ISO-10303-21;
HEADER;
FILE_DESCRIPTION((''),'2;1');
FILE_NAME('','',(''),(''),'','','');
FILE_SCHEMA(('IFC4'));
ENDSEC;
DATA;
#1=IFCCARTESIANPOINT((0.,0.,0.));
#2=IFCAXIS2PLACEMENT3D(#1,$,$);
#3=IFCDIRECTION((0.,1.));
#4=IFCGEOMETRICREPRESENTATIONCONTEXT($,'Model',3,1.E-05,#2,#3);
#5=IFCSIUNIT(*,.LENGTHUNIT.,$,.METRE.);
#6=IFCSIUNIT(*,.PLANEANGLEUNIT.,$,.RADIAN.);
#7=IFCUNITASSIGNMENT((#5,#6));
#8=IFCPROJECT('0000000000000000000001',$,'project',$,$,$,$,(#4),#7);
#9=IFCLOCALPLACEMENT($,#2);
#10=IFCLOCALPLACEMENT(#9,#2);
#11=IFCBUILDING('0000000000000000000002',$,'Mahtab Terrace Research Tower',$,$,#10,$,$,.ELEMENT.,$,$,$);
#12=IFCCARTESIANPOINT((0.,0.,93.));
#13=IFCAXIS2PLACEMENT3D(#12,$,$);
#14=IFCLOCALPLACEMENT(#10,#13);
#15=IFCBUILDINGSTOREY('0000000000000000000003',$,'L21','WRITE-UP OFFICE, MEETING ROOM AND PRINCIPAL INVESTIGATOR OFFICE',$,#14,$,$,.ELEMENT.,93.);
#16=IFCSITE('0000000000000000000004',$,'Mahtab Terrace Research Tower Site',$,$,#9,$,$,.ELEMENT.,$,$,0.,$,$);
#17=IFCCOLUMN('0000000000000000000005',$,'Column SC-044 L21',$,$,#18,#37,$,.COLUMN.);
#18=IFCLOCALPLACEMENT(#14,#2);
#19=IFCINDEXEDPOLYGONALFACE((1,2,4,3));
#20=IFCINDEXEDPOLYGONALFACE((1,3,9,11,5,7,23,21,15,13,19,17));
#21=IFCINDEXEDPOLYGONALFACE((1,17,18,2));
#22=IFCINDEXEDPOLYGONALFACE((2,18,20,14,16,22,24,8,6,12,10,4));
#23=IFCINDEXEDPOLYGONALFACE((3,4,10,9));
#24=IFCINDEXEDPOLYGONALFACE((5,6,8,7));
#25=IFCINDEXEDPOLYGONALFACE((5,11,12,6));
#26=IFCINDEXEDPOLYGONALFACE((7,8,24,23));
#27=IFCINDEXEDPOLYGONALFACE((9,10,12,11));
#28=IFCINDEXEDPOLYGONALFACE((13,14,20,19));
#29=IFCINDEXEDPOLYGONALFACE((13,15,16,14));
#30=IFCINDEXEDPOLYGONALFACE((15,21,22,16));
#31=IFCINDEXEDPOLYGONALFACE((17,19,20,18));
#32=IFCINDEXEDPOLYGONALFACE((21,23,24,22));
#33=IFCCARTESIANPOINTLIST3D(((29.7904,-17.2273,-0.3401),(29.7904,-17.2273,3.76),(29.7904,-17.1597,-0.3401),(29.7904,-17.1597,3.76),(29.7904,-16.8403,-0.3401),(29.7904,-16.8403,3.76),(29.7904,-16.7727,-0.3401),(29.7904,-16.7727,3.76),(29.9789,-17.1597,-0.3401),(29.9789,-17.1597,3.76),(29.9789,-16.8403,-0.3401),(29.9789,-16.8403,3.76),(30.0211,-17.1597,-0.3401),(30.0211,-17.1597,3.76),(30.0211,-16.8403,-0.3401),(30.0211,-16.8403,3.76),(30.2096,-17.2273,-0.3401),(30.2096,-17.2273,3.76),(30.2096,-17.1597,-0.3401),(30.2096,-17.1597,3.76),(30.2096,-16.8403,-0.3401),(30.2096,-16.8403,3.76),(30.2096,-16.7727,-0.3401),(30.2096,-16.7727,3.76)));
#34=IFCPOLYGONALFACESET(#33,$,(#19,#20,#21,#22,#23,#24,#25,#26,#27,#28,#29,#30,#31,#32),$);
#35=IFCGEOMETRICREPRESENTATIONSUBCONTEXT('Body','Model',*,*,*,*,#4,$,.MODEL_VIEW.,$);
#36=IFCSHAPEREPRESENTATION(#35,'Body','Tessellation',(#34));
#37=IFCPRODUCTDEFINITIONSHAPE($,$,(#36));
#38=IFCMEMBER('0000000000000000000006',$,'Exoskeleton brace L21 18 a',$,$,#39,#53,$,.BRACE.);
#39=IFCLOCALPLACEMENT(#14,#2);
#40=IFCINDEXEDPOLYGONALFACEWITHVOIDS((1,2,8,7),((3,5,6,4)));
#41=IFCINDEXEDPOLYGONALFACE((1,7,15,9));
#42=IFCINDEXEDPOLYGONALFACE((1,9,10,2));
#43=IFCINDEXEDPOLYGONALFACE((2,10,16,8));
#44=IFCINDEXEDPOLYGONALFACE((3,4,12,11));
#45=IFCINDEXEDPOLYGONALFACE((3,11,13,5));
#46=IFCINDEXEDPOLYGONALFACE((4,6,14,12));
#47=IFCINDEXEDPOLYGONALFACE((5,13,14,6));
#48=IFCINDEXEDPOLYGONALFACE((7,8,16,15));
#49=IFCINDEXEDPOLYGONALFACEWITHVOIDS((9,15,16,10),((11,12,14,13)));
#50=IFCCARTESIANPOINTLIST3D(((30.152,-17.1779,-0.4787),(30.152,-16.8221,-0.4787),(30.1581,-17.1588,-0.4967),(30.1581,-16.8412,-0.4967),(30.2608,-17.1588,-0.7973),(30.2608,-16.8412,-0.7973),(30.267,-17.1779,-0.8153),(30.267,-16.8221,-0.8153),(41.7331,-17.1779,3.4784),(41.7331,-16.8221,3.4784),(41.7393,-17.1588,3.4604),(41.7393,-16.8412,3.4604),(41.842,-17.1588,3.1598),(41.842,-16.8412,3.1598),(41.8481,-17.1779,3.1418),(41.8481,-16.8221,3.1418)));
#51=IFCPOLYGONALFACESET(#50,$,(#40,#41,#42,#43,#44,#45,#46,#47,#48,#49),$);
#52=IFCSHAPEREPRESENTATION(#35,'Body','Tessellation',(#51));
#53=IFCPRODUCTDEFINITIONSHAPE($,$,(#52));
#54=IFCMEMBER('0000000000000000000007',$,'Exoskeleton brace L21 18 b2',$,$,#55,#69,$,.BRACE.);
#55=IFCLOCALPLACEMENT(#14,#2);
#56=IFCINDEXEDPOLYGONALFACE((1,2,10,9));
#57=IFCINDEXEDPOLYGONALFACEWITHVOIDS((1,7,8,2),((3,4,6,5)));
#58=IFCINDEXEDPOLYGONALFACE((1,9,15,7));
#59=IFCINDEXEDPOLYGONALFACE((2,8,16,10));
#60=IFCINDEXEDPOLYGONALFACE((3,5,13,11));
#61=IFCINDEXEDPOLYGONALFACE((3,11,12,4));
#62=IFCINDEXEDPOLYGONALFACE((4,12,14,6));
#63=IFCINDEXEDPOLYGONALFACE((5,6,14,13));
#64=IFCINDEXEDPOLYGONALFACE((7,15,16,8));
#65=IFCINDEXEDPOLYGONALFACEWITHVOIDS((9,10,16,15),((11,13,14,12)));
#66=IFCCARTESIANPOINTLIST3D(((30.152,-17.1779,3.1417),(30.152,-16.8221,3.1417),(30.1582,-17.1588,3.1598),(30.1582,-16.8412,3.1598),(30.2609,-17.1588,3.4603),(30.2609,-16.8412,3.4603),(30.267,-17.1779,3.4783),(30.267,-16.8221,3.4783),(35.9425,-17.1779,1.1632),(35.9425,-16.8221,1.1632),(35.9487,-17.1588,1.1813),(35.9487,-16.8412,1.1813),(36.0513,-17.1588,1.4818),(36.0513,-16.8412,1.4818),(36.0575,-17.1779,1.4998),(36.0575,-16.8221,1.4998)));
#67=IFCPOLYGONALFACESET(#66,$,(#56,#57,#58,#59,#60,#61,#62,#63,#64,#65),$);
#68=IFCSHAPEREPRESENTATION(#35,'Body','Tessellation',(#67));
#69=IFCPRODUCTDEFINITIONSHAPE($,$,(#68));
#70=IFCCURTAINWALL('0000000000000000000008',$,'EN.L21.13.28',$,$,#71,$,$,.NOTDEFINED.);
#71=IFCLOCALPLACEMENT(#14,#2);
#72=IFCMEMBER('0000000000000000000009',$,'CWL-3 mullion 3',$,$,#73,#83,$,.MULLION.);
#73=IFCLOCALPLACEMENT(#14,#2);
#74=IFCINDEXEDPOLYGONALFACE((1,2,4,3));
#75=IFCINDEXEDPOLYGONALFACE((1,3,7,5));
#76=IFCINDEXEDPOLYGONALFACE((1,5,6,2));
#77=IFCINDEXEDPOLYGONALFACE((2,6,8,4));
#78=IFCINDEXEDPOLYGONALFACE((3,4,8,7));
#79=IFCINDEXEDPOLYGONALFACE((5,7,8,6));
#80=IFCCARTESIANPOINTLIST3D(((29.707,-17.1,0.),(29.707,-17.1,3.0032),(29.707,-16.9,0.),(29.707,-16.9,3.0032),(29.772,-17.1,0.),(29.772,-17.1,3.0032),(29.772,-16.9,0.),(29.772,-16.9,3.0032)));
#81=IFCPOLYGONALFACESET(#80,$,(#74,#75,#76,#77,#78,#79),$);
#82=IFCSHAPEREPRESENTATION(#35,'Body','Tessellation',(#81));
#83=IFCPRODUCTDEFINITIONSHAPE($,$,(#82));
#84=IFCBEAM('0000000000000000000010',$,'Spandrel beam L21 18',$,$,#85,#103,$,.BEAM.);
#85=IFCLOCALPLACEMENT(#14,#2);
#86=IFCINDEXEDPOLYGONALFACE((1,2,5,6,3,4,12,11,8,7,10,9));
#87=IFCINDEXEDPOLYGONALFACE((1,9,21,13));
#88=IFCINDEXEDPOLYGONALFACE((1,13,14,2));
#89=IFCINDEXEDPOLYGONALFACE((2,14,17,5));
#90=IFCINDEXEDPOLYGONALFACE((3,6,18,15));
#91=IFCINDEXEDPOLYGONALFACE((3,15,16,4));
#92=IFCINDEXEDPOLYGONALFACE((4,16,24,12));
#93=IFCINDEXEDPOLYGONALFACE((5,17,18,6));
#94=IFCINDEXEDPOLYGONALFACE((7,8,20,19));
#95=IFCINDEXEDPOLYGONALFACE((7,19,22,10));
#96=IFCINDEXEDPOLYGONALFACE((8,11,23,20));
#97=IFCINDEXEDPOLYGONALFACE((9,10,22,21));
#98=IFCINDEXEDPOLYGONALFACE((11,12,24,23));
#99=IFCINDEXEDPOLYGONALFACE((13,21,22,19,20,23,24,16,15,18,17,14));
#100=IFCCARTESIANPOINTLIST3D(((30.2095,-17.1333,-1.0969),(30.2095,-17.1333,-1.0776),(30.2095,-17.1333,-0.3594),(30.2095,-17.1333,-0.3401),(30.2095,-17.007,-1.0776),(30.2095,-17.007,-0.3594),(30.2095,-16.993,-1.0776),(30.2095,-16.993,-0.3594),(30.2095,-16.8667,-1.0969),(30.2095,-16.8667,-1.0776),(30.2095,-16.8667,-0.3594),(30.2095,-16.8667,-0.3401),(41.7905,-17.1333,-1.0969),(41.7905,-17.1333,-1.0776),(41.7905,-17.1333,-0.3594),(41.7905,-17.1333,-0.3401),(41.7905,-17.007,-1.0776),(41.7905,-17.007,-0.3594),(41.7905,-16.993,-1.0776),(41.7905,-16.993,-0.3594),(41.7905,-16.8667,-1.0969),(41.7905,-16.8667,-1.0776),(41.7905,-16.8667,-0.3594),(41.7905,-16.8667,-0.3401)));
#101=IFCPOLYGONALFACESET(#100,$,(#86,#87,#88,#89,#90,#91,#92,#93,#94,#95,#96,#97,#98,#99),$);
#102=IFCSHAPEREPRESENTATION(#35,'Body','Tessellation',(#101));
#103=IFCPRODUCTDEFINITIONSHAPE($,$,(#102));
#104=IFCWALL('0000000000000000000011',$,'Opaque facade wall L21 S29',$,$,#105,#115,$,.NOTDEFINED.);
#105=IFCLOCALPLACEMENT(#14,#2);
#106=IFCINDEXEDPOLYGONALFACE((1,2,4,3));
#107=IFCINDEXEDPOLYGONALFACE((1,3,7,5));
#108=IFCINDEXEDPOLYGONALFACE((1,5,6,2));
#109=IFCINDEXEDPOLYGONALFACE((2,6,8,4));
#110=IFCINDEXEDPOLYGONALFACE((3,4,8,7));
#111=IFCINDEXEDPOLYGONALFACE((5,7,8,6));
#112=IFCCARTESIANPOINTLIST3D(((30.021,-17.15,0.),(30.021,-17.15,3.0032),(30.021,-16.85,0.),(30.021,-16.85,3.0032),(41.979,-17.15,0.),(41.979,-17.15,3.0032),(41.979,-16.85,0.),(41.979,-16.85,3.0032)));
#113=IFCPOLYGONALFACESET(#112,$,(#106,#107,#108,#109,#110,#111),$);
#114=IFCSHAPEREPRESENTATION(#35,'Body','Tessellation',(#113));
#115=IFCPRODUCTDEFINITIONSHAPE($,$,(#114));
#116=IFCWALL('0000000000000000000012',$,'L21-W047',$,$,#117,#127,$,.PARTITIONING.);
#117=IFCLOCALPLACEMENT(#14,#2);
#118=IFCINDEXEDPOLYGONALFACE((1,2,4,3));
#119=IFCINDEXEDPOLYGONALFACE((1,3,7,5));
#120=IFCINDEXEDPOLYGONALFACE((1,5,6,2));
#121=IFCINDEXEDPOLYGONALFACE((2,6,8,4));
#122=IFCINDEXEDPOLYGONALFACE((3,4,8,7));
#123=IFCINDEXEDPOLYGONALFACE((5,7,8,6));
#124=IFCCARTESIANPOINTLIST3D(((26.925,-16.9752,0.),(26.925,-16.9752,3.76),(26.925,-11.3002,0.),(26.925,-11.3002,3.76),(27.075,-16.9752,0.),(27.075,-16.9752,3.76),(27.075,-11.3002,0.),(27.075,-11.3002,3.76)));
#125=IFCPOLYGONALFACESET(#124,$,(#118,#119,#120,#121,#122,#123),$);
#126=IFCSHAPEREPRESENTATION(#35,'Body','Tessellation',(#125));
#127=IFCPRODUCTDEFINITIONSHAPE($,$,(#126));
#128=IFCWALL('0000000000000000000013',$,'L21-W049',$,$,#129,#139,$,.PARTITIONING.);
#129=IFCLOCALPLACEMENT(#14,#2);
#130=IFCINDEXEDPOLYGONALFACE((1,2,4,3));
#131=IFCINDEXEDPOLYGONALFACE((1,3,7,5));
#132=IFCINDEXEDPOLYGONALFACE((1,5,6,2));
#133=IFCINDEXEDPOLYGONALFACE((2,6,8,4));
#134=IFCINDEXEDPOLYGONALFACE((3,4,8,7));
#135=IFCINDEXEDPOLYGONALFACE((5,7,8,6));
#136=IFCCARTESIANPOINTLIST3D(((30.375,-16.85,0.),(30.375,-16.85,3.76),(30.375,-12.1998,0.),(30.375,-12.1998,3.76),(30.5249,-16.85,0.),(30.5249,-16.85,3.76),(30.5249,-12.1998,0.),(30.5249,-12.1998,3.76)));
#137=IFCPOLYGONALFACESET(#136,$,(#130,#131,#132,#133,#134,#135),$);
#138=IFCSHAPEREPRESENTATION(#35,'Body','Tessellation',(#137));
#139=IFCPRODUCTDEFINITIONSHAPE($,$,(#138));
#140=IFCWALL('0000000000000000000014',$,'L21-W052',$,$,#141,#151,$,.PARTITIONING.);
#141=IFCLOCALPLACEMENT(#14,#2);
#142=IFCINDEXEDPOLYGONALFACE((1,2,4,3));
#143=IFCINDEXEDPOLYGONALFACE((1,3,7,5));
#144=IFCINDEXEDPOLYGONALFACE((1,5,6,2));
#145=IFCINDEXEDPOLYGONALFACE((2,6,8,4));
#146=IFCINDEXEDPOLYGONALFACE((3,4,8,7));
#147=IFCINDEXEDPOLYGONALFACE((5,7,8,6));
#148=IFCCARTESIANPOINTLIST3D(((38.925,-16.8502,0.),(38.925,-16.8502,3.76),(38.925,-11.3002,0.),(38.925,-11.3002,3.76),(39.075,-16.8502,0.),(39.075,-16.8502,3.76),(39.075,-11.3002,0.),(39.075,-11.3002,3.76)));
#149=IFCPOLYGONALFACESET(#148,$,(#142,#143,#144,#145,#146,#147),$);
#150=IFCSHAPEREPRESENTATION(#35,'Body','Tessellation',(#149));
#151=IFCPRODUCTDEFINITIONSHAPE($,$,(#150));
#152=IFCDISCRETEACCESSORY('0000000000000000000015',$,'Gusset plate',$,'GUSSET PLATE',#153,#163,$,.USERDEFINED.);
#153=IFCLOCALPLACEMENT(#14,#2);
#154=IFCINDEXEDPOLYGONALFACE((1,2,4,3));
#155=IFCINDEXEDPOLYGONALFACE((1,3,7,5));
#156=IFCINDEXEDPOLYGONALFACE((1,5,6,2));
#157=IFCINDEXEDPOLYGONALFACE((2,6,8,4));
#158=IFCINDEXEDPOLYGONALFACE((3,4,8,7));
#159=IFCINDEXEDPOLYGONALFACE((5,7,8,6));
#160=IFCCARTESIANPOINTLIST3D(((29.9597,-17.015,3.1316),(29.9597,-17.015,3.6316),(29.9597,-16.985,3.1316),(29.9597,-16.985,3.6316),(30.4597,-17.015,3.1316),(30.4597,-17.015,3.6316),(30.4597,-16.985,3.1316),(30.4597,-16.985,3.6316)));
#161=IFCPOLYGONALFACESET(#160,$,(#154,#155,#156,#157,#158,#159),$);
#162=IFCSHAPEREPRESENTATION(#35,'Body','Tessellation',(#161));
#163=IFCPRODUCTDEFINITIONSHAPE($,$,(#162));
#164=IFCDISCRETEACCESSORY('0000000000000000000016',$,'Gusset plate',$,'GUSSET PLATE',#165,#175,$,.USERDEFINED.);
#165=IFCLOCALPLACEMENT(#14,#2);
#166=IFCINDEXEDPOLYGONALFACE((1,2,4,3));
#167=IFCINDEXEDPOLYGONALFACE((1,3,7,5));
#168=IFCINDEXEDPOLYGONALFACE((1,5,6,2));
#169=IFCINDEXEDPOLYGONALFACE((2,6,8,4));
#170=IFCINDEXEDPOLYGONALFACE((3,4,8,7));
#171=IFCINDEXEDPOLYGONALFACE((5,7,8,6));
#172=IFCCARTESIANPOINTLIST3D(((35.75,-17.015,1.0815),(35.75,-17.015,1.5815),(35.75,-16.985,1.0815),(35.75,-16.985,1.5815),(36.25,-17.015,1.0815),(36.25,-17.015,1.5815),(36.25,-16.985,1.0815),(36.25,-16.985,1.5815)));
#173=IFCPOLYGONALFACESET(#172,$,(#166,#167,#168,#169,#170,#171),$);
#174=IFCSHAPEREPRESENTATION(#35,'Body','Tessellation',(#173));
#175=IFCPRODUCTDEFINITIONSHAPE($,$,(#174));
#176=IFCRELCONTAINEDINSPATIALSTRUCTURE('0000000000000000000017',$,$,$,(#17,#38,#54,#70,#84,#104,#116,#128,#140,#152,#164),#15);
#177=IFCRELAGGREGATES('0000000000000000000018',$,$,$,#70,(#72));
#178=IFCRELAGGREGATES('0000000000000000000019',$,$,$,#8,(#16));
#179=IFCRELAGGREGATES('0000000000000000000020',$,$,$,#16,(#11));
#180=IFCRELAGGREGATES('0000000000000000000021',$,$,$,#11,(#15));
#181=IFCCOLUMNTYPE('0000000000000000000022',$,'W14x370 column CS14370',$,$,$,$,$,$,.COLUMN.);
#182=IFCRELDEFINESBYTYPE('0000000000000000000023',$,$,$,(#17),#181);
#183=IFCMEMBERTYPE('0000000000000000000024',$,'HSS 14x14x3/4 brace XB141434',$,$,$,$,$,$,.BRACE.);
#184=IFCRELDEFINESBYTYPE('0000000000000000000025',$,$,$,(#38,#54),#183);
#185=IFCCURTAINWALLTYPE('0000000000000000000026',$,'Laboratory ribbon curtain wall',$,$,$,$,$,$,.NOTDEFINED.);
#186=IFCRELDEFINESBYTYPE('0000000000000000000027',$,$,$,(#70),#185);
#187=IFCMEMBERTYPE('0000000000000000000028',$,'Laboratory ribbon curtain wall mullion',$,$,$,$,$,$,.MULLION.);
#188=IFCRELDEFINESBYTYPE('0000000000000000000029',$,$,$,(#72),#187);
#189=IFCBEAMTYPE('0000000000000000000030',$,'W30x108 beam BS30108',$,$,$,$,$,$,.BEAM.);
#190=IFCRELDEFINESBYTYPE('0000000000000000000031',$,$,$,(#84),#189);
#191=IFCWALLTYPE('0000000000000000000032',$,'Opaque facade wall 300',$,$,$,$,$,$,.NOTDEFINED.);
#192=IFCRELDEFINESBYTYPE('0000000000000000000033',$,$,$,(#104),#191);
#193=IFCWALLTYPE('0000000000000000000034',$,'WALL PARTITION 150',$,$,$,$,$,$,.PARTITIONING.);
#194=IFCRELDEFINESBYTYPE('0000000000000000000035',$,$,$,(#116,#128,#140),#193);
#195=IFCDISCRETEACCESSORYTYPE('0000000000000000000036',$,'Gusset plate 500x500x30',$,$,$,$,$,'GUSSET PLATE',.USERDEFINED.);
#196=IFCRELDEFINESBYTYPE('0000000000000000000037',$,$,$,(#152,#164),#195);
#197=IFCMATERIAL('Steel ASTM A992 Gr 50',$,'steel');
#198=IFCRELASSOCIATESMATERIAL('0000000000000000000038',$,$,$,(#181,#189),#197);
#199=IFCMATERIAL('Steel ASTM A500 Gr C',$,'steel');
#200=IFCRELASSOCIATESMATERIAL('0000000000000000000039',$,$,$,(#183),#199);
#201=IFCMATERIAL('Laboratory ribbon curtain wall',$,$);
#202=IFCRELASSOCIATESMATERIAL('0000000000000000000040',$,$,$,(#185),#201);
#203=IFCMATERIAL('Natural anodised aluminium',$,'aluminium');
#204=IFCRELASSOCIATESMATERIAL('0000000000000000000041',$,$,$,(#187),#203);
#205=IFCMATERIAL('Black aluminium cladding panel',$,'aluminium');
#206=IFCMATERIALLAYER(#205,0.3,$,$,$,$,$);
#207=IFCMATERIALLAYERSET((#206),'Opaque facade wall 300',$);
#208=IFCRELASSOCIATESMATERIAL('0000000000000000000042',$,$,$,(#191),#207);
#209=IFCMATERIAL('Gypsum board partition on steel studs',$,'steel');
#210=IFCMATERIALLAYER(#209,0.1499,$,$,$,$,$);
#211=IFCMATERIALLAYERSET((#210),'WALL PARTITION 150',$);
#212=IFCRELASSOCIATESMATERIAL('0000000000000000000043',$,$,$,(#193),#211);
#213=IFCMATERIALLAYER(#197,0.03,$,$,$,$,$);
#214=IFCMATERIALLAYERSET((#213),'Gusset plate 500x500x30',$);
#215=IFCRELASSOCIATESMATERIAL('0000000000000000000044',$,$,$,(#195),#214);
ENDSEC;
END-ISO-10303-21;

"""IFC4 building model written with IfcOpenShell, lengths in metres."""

from ifc_helpers import new_model, si_unit, direction, frame, frame_2d, origin, origin_2d, place, context, subcontext, project, spatial, rectangle, hollow_rectangle, i_section, extrude, material, layer, layer_set, material_profile, profile_set, type_object, element, aggregate, save


model = new_model("IFC4")

# Units and contexts
model_context = context("Model", 3, precision=1e-05, world=origin(), true_north=direction((0.0, 1.0)))
body_context = subcontext(model_context, "Body", "Model", "MODEL_VIEW")
ifc_project = project(units=[si_unit("LENGTHUNIT", "METRE"), si_unit("PLANEANGLEUNIT", "RADIAN")], contexts=[model_context])

# Site, building, storey
site_placement = place(None, origin())
site = spatial("IfcSite", under=ifc_project, at=site_placement, Name="Mahtab Terrace Research Tower Site", CompositionType="ELEMENT", RefElevation=0.0)
building_placement = place(site_placement, origin())
building = spatial("IfcBuilding", under=site, at=building_placement, Name="Mahtab Terrace Research Tower", CompositionType="ELEMENT")
storey_placement = place(building_placement, frame((0.0, 0.0, 93.0)))
storey = spatial("IfcBuildingStorey", under=building, at=storey_placement, Name="L21", Description="WRITE-UP OFFICE, MEETING ROOM AND PRINCIPAL INVESTIGATOR OFFICE", CompositionType="ELEMENT", Elevation=93.0)

# Column
ifc_material_1 = material(Name="Steel ASTM A992 Gr 50", Category="steel")
ifc_material_profile_1 = material_profile(ifc_material_1, i_section(OverallWidth=0.4192, OverallDepth=0.4546, WebThickness=0.0422, FlangeThickness=0.0676, at=origin_2d()), Name="W14X370")
ifc_profile_set_1 = profile_set([ifc_material_profile_1], Name="Steel ASTM A992 Gr 50")
column_type = type_object("IfcColumnType", Name="W14x370 column CS14370", PredefinedType="COLUMN", material=ifc_profile_set_1)
column_placement = place(storey_placement, frame((30.0, -17.0, -0.3401), z_axis=(0.0, 0.0, 1.0), x_axis=(1.0, 0.0, 0.0)))
element("IfcColumn", 1, at=column_placement, inside=storey, type_object=column_type, Name="Column SC-044 L21", PredefinedType="COLUMN", context=body_context, shape_type="SweptSolid", body=[
    extrude(i_section(OverallWidth=0.4192, OverallDepth=0.4546, WebThickness=0.0422, FlangeThickness=0.0676, at=origin_2d()), origin(), (0.0, 0.0, 1.0), 4.1001),
])

# Members
ifc_material_2 = material(Name="Steel ASTM A500 Gr C", Category="steel")
ifc_material_profile_2 = material_profile(ifc_material_2, hollow_rectangle(XDim=0.3557, YDim=0.3557, WallThickness=0.019, at=origin_2d()), Name="HSS14X14X3/4")
ifc_profile_set_2 = profile_set([ifc_material_profile_2], Name="Steel ASTM A500 Gr C")
member_type_1 = type_object("IfcMemberType", Name="HSS 14x14x3/4 brace XB141434", PredefinedType="BRACE", material=ifc_profile_set_2)
member_1_placement = place(storey_placement, frame((30.2095, -17.0, -0.647), z_axis=(0.946287, 0.0, 0.323329), x_axis=(0.0, 1.0, 0.0)))
element("IfcMember", 2, at=member_1_placement, inside=storey, type_object=member_type_1, Name="Exoskeleton brace L21 18 a", PredefinedType="BRACE", context=body_context, shape_type="SweptSolid", body=[
    extrude(hollow_rectangle(XDim=0.3557, YDim=0.3557, WallThickness=0.019, at=origin_2d()), origin(), (0.0, 0.0, 1.0), 12.2385),
])
member_2_placement = place(storey_placement, frame((36.0, -17.0, 1.3315), z_axis=(-0.946287, 0.0, 0.323329), x_axis=(0.0, -1.0, 0.0)))
element("IfcMember", 3, at=member_2_placement, inside=storey, type_object=member_type_1, Name="Exoskeleton brace L21 18 b2", PredefinedType="BRACE", context=body_context, shape_type="SweptSolid", body=[
    extrude(hollow_rectangle(XDim=0.3557, YDim=0.3557, WallThickness=0.019, at=origin_2d()), origin(), (0.0, 0.0, 1.0), 6.1191),
])

# Curtain wall, member
ifc_material_3 = material(Name="Laboratory ribbon curtain wall")
curtain_wall_type = type_object("IfcCurtainWallType", Name="Laboratory ribbon curtain wall", PredefinedType="NOTDEFINED", material=ifc_material_3)
curtain_wall_placement = place(storey_placement, origin())
curtain_wall = element("IfcCurtainWall", 4, at=curtain_wall_placement, inside=storey, type_object=curtain_wall_type, Name="EN.L21.13.28", PredefinedType="NOTDEFINED")
ifc_material_4 = material(Name="Natural anodised aluminium", Category="aluminium")
ifc_material_profile_3 = material_profile(ifc_material_4, rectangle(XDim=0.2, YDim=0.0649, at=origin_2d()), Name="MULLION 65x200")
ifc_profile_set_3 = profile_set([ifc_material_profile_3], Name="Natural anodised aluminium")
member_type_2 = type_object("IfcMemberType", Name="Laboratory ribbon curtain wall mullion", PredefinedType="MULLION", material=ifc_profile_set_3)
member_3_placement = place(storey_placement, frame((29.7395, -17.0, 0.0), z_axis=(0.0, 0.0, 1.0), x_axis=(0.0, 1.0, 0.0)))
member_3 = element("IfcMember", 5, at=member_3_placement, type_object=member_type_2, Name="CWL-3 mullion 3", PredefinedType="MULLION", context=body_context, shape_type="SweptSolid", body=[
    extrude(rectangle(XDim=0.2, YDim=0.0649, at=origin_2d()), origin(), (0.0, 0.0, 1.0), 3.0032),
])
aggregate(curtain_wall, [member_3])

# Beam
ifc_material_profile_4 = material_profile(ifc_material_1, i_section(OverallWidth=0.2666, OverallDepth=0.7568, WebThickness=0.0139, FlangeThickness=0.0193, at=origin_2d()), Name="W30X108")
ifc_profile_set_4 = profile_set([ifc_material_profile_4], Name="Steel ASTM A992 Gr 50")
beam_type = type_object("IfcBeamType", Name="W30x108 beam BS30108", PredefinedType="BEAM", material=ifc_profile_set_4)
beam_placement = place(storey_placement, frame((30.2095, -17.0, -0.7185), z_axis=(1.0, 0.0, 0.0), x_axis=(0.0, 1.0, 0.0)))
element("IfcBeam", 6, at=beam_placement, inside=storey, type_object=beam_type, Name="Spandrel beam L21 18", PredefinedType="BEAM", context=body_context, shape_type="SweptSolid", body=[
    extrude(i_section(OverallWidth=0.2666, OverallDepth=0.7568, WebThickness=0.0139, FlangeThickness=0.0193, at=origin_2d()), origin(), (0.0, 0.0, 1.0), 11.5811),
])

# Walls
ifc_material_5 = material(Name="Black aluminium cladding panel", Category="aluminium")
ifc_layer_1 = layer(ifc_material_5, 0.3)
ifc_layer_set_1 = layer_set([ifc_layer_1], Name="Opaque facade wall 300")
wall_type_1 = type_object("IfcWallType", Name="Opaque facade wall 300", PredefinedType="NOTDEFINED", material=ifc_layer_set_1)
wall_1_placement = place(storey_placement, frame((30.021, -17.0, 0.0), z_axis=(0.0, 0.0, 1.0), x_axis=(1.0, 0.0, 0.0)))
element("IfcWall", 7, at=wall_1_placement, inside=storey, type_object=wall_type_1, Name="Opaque facade wall L21 S29", PredefinedType="NOTDEFINED", context=body_context, shape_type="SweptSolid", body=[
    extrude(rectangle(XDim=11.958, YDim=0.3, at=frame_2d((5.979, 0.0))), origin(), (0.0, 0.0, 1.0), 3.0032),
])
ifc_material_6 = material(Name="Gypsum board partition on steel studs", Category="steel")
ifc_layer_2 = layer(ifc_material_6, 0.1499)
ifc_layer_set_2 = layer_set([ifc_layer_2], Name="WALL PARTITION 150")
wall_type_2 = type_object("IfcWallType", Name="WALL PARTITION 150", PredefinedType="PARTITIONING", material=ifc_layer_set_2)
wall_2_placement = place(storey_placement, frame((27.0, -16.9751, 0.0), z_axis=(0.0, 0.0, 1.0), x_axis=(0.0, 1.0, 0.0)))
element("IfcWall", 8, at=wall_2_placement, inside=storey, type_object=wall_type_2, Name="L21-W047", PredefinedType="PARTITIONING", context=body_context, shape_type="SweptSolid", body=[
    extrude(rectangle(XDim=5.675, YDim=0.1499, at=frame_2d((2.8374, 0.0))), origin(), (0.0, 0.0, 1.0), 3.76),
])
wall_3_placement = place(storey_placement, frame((30.45, -16.8501, 0.0), z_axis=(0.0, 0.0, 1.0), x_axis=(0.0, 1.0, 0.0)))
element("IfcWall", 9, at=wall_3_placement, inside=storey, type_object=wall_type_2, Name="L21-W049", PredefinedType="PARTITIONING", context=body_context, shape_type="SweptSolid", body=[
    extrude(rectangle(XDim=4.6501, YDim=0.1499, at=frame_2d((2.3252, 0.0))), origin(), (0.0, 0.0, 1.0), 3.76),
])
wall_4_placement = place(storey_placement, frame((39.0, -16.8501, 0.0), z_axis=(0.0, 0.0, 1.0), x_axis=(0.0, 1.0, 0.0)))
element("IfcWall", 10, at=wall_4_placement, inside=storey, type_object=wall_type_2, Name="L21-W052", PredefinedType="PARTITIONING", context=body_context, shape_type="SweptSolid", body=[
    extrude(rectangle(XDim=5.55, YDim=0.1499, at=frame_2d((2.7749, 0.0))), origin(), (0.0, 0.0, 1.0), 3.76),
])

# Discrete accessories
ifc_layer_3 = layer(ifc_material_1, 0.03)
ifc_layer_set_3 = layer_set([ifc_layer_3], Name="Gusset plate 500x500x30")
discrete_accessory_type = type_object("IfcDiscreteAccessoryType", Name="Gusset plate 500x500x30", ElementType="GUSSET PLATE", PredefinedType="USERDEFINED", material=ifc_layer_set_3)
for number, where, z_axis, x_axis, name in (
    (11, (30.2097, -17.0, 3.1316), (0.0, 0.0, 1.0), (1.0, 0.0, 0.0), "Gusset plate"),
    (12, (36.0, -17.0, 1.0815), (0.0, 0.0, 1.0), (1.0, 0.0, 0.0), "Gusset plate"),
):
    element("IfcDiscreteAccessory", number, at=place(storey_placement, frame(where, z_axis=z_axis, x_axis=x_axis)), inside=storey, type_object=discrete_accessory_type, Name=name, ObjectType="GUSSET PLATE", PredefinedType="USERDEFINED", context=body_context, shape_type="SweptSolid", body=[
        extrude(rectangle(XDim=0.5, YDim=0.03, at=origin_2d()), origin(), (0.0, 0.0, 1.0), 0.5),
    ])

save(model, "model.ifc")
